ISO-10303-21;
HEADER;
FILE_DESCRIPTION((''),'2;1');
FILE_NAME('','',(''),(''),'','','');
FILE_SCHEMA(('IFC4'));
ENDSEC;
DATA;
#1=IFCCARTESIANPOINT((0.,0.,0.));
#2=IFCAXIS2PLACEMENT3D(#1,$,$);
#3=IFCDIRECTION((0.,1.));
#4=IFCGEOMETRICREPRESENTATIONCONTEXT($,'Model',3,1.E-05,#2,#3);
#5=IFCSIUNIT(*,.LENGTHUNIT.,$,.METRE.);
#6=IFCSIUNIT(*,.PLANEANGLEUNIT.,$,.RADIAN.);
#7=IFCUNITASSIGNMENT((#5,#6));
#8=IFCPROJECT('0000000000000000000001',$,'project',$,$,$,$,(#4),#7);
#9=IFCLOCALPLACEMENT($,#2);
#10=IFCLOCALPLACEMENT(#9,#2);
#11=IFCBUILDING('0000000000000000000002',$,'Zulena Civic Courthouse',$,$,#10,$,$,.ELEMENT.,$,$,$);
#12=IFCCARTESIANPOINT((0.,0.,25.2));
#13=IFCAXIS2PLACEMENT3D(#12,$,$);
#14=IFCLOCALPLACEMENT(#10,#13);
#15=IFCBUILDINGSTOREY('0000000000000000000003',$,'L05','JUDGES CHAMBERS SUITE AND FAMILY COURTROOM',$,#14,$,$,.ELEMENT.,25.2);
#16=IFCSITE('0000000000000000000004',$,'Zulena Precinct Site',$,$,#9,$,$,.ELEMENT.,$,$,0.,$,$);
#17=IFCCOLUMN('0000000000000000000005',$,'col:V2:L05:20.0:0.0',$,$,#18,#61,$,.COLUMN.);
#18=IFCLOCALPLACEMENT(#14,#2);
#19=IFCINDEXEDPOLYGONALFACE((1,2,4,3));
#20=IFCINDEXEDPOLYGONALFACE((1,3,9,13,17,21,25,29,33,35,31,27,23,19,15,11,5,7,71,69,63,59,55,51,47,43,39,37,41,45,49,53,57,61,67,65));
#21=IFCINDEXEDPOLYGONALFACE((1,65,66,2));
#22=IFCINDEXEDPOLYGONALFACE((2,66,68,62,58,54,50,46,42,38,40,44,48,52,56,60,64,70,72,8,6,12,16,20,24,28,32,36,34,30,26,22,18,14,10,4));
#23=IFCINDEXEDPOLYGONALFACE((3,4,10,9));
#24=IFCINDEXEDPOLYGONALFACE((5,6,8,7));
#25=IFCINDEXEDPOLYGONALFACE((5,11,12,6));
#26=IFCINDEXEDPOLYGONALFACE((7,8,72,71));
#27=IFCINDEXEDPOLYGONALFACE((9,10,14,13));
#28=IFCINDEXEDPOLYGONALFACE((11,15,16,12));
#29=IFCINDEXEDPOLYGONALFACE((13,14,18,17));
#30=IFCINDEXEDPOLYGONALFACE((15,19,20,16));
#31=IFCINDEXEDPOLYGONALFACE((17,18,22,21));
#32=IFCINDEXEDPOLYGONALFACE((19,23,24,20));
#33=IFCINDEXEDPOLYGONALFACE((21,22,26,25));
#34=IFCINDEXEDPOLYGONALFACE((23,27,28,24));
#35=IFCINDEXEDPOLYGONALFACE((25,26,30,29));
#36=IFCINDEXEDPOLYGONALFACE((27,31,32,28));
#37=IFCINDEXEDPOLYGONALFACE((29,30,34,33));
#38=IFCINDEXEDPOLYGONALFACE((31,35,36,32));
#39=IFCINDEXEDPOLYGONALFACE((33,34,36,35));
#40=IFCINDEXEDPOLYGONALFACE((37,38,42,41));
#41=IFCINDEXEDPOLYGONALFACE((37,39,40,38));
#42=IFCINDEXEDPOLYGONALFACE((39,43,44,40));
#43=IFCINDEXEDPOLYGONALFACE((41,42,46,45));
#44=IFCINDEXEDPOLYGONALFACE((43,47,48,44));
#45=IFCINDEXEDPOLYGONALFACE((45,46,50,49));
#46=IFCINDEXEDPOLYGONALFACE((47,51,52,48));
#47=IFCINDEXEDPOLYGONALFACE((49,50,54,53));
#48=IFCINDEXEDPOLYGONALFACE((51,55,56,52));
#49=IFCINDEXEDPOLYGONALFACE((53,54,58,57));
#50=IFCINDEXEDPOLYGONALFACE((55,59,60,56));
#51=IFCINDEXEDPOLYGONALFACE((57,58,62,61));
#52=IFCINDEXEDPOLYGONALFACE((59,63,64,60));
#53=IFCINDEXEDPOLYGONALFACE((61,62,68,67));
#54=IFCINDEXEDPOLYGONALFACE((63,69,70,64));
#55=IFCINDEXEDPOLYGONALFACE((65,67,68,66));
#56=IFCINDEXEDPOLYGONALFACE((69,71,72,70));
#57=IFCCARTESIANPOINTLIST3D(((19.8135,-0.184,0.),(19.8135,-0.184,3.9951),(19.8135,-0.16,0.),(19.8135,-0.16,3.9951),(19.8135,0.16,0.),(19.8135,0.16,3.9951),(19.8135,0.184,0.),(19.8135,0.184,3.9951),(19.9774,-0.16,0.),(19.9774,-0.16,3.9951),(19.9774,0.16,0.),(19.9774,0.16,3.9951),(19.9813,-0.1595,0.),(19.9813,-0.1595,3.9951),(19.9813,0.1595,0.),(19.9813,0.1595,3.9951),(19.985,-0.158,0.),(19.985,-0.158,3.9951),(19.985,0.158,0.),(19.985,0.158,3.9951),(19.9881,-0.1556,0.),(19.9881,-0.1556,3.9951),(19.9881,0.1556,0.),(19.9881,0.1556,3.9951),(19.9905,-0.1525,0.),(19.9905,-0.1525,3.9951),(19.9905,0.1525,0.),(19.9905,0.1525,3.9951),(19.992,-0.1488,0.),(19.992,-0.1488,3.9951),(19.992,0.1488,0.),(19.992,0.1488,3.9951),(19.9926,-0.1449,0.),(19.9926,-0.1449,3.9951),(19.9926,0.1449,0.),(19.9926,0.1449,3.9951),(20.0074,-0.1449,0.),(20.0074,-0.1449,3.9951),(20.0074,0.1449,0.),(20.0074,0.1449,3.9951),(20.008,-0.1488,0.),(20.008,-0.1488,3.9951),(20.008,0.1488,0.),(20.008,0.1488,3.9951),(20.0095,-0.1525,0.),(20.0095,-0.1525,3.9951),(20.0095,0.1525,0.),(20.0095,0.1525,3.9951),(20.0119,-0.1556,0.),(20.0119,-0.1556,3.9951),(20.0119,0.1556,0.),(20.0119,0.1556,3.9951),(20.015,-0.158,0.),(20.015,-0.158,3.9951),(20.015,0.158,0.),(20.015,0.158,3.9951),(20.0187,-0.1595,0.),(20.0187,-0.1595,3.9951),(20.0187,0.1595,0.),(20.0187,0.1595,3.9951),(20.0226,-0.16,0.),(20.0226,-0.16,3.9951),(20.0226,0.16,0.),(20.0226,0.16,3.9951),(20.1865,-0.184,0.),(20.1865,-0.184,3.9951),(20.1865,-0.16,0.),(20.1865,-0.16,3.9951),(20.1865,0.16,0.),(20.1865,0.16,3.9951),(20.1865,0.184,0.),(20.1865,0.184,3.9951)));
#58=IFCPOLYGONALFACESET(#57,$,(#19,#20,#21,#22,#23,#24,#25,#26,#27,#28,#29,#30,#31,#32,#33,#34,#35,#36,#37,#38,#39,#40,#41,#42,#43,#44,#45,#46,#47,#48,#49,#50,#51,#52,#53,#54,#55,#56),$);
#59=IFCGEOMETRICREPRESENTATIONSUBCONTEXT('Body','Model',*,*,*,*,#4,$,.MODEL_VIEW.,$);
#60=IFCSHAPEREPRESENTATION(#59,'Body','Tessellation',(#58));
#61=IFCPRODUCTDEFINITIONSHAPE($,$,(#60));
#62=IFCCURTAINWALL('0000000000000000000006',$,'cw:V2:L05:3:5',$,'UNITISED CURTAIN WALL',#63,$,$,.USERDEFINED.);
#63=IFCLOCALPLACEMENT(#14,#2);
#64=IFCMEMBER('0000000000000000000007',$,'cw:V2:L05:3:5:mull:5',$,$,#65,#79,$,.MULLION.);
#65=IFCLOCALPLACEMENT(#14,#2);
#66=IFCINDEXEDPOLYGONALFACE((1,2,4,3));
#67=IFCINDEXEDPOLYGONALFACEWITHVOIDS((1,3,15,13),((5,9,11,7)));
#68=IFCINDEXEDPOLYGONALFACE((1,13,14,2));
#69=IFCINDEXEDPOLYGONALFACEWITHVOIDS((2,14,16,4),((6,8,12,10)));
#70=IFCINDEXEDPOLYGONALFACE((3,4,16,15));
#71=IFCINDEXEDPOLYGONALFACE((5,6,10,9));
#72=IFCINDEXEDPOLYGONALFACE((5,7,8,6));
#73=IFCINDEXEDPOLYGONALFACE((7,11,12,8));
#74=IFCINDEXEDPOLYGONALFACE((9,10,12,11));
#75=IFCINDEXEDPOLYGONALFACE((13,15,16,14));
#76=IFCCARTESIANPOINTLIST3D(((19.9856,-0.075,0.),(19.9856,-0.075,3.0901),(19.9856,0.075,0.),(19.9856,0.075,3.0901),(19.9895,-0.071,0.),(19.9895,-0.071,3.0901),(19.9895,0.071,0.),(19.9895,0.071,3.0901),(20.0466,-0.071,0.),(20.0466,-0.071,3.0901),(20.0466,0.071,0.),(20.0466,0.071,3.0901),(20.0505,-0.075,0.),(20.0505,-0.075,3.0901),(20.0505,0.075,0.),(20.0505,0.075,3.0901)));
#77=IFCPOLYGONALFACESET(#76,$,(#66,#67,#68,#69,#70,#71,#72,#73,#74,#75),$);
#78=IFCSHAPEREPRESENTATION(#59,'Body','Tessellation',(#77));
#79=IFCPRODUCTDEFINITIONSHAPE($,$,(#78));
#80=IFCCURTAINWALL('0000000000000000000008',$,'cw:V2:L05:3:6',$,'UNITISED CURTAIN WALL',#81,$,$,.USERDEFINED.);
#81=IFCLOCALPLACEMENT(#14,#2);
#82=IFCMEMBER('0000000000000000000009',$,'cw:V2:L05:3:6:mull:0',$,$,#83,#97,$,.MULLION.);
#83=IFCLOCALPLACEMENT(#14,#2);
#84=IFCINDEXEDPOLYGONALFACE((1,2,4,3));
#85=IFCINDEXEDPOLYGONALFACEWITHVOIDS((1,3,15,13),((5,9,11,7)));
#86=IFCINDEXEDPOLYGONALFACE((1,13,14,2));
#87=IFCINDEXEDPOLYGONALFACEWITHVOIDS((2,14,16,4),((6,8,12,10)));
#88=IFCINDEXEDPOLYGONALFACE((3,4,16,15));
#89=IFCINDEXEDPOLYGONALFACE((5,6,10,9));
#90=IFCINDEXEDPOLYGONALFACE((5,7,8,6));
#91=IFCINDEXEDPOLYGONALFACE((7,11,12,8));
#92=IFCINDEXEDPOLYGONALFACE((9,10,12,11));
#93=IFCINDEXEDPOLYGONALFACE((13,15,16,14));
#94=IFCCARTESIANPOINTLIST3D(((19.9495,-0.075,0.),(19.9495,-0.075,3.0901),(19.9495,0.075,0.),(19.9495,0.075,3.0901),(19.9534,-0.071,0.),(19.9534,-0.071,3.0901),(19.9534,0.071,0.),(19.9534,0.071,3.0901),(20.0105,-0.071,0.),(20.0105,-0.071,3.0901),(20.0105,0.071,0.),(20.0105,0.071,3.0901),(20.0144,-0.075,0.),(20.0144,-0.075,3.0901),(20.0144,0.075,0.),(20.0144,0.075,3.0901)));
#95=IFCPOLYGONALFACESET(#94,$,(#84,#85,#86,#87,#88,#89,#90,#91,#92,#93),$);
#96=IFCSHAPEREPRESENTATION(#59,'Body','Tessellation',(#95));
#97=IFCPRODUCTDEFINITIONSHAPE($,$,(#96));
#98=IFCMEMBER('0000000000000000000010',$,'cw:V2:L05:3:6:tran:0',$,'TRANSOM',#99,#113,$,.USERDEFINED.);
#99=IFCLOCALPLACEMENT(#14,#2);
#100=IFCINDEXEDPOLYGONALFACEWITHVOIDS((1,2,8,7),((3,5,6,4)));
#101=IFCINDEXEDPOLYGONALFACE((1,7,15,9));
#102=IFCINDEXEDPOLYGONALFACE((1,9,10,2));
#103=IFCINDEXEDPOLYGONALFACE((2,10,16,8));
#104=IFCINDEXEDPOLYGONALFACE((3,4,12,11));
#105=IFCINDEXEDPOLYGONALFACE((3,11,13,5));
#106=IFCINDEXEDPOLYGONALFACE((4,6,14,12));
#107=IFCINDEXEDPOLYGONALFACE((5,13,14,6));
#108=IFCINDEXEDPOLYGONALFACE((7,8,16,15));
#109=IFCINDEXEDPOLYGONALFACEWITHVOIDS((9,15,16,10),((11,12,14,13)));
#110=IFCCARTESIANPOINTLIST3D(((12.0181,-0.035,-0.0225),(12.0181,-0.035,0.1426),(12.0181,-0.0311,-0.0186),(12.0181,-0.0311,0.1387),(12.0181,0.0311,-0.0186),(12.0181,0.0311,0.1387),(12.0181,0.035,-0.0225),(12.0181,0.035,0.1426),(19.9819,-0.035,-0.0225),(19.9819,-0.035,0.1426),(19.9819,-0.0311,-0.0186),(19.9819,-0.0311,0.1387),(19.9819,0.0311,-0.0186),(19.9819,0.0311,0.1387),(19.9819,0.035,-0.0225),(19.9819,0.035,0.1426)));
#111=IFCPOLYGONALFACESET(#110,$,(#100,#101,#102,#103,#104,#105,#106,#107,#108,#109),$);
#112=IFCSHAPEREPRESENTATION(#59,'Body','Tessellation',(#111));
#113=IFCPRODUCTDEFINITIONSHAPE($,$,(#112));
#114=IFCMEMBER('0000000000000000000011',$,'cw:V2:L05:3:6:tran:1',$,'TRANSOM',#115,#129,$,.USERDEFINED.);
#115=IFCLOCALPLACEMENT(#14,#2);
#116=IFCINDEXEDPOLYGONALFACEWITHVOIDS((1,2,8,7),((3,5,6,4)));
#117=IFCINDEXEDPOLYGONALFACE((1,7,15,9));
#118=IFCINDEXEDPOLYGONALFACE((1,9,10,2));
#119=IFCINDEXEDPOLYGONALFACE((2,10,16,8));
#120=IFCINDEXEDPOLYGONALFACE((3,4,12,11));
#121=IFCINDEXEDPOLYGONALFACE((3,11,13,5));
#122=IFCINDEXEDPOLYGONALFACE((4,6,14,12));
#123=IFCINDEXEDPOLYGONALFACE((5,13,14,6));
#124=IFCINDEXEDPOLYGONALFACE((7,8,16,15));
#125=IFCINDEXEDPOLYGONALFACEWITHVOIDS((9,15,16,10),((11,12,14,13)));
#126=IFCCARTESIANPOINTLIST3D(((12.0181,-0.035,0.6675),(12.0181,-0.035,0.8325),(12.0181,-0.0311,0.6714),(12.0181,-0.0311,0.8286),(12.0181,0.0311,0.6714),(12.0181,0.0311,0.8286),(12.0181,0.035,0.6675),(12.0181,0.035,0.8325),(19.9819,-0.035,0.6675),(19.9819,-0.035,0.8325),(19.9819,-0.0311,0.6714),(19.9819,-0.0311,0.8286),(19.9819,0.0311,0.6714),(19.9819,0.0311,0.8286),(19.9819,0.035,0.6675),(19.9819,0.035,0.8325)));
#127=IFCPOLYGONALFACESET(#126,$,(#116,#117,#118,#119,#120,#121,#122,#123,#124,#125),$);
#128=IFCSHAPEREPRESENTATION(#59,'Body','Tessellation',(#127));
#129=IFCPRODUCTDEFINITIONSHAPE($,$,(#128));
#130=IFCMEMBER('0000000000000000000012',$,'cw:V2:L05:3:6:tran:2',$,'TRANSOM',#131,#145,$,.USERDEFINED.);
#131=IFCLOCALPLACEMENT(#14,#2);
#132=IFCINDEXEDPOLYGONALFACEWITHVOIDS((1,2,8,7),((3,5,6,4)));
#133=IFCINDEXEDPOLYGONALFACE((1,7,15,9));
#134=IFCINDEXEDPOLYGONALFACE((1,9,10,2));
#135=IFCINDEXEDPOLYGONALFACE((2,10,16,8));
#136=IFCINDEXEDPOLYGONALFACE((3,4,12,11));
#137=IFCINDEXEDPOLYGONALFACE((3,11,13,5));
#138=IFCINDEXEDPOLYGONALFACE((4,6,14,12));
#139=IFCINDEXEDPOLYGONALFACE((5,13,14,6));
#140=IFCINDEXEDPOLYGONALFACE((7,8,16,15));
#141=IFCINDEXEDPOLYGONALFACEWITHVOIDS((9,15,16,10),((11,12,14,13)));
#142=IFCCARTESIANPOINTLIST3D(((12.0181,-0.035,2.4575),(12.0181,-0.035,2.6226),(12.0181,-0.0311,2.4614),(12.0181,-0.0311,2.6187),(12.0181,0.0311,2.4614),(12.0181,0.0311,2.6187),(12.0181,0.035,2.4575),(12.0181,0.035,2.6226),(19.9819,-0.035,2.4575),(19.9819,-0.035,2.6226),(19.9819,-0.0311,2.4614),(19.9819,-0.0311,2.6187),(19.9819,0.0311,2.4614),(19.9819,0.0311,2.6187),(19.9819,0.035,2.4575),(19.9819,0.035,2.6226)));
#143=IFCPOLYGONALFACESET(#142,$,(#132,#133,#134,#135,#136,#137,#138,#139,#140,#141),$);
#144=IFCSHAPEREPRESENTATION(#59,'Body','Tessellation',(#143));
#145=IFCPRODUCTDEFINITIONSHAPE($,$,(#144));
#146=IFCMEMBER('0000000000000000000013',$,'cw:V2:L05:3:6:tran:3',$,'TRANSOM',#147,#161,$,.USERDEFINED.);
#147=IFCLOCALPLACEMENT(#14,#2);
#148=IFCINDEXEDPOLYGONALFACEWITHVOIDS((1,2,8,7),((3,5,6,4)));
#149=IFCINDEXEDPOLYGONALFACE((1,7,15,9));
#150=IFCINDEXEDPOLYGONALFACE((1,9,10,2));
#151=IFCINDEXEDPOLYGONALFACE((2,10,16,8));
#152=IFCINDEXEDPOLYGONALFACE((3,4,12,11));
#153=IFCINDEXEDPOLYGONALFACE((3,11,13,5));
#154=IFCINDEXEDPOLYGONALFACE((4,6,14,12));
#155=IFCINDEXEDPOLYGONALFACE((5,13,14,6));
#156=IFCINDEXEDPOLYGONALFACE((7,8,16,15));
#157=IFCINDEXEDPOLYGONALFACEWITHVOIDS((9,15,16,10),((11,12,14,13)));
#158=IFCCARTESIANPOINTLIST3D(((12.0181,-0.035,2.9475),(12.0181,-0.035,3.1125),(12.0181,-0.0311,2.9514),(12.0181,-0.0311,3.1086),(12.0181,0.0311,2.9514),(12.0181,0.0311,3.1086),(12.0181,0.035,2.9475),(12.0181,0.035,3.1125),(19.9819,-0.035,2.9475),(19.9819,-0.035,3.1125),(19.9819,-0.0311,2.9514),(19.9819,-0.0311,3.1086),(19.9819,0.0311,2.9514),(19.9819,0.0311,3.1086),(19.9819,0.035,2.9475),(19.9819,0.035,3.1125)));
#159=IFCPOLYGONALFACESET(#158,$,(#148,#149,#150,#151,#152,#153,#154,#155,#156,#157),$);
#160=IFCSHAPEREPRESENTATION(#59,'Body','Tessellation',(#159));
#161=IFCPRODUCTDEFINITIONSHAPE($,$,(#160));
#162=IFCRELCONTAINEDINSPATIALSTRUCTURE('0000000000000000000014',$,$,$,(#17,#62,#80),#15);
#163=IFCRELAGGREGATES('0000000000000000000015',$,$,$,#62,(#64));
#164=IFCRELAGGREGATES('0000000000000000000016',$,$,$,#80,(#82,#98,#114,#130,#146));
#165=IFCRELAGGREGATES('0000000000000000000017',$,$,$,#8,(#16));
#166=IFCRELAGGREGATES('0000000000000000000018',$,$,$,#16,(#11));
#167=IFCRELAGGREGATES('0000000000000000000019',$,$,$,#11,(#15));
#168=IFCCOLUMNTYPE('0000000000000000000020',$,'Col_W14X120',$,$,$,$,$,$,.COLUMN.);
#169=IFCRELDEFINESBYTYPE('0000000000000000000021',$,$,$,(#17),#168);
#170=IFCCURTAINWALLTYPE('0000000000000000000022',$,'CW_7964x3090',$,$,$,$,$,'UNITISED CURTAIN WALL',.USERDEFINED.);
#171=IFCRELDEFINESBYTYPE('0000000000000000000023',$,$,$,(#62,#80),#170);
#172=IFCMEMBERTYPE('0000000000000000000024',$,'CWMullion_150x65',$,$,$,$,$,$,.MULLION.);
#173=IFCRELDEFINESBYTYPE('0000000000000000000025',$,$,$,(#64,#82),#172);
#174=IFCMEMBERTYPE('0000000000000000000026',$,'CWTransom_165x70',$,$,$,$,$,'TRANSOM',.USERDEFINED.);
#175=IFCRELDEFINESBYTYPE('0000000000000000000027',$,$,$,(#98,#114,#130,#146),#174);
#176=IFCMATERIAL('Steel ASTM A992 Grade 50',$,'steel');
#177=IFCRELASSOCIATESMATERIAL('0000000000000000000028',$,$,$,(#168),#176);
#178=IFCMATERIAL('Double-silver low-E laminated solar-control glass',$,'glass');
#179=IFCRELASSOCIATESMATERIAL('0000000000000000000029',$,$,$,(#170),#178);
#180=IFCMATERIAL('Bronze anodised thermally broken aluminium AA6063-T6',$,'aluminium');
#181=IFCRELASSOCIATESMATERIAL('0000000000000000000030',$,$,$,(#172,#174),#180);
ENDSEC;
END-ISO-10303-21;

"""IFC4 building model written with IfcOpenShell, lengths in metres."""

from ifc_helpers import new_model, si_unit, direction, frame, origin, origin_2d, place, context, subcontext, project, spatial, hollow_rectangle, i_section, extrude, material, material_profile, profile_set, type_object, element, aggregate, save


model = new_model("IFC4")

# Units and contexts
model_context = context("Model", 3, precision=1e-05, world=origin(), true_north=direction((0.0, 1.0)))
body_context = subcontext(model_context, "Body", "Model", "MODEL_VIEW")
ifc_project = project(units=[si_unit("LENGTHUNIT", "METRE"), si_unit("PLANEANGLEUNIT", "RADIAN")], contexts=[model_context])

# Site, building, storey
site_placement = place(None, origin())
site = spatial("IfcSite", under=ifc_project, at=site_placement, Name="Zulena Precinct Site", CompositionType="ELEMENT", RefElevation=0.0)
building_placement = place(site_placement, origin())
building = spatial("IfcBuilding", under=site, at=building_placement, Name="Zulena Civic Courthouse", CompositionType="ELEMENT")
storey_placement = place(building_placement, frame((0.0, 0.0, 25.2)))
storey = spatial("IfcBuildingStorey", under=building, at=storey_placement, Name="L05", Description="JUDGES CHAMBERS SUITE AND FAMILY COURTROOM", CompositionType="ELEMENT", Elevation=25.2)

# Column
ifc_material_1 = material(Name="Steel ASTM A992 Grade 50", Category="steel")
ifc_material_profile_1 = material_profile(ifc_material_1, i_section(OverallWidth=0.373, OverallDepth=0.3679, WebThickness=0.0149, FlangeThickness=0.0239, FilletRadius=0.0151, at=origin_2d()), Name="W14X120")
ifc_profile_set_1 = profile_set([ifc_material_profile_1], Name="Steel ASTM A992 Grade 50")
column_type = type_object("IfcColumnType", Name="Col_W14X120", PredefinedType="COLUMN", material=ifc_profile_set_1)
column_placement = place(storey_placement, frame((20.0, 0.0, 0.0), z_axis=(0.0, 0.0, 1.0), x_axis=(1.0, 0.0, 0.0)))
element("IfcColumn", 1, at=column_placement, inside=storey, type_object=column_type, Name="col:V2:L05:20.0:0.0", PredefinedType="COLUMN", context=body_context, shape_type="SweptSolid", body=[
    extrude(i_section(OverallWidth=0.373, OverallDepth=0.3679, WebThickness=0.0149, FlangeThickness=0.0239, FilletRadius=0.0151, at=origin_2d()), origin(), (0.0, 0.0, 1.0), 3.9951),
])

# Curtain wall, member
ifc_material_2 = material(Name="Double-silver low-E laminated solar-control glass", Category="glass")
curtain_wall_type = type_object("IfcCurtainWallType", Name="CW_7964x3090", ElementType="UNITISED CURTAIN WALL", PredefinedType="USERDEFINED", material=ifc_material_2)
curtain_wall_1_placement = place(storey_placement, origin())
curtain_wall_1 = element("IfcCurtainWall", 2, at=curtain_wall_1_placement, inside=storey, type_object=curtain_wall_type, Name="cw:V2:L05:3:5", ObjectType="UNITISED CURTAIN WALL", PredefinedType="USERDEFINED")
ifc_material_3 = material(Name="Bronze anodised thermally broken aluminium AA6063-T6", Category="aluminium")
ifc_material_profile_2 = material_profile(ifc_material_3, hollow_rectangle(XDim=0.0649, YDim=0.1499, WallThickness=0.0039, at=origin_2d()), Name="CWM150X65X4")
ifc_profile_set_2 = profile_set([ifc_material_profile_2], Name="Bronze anodised thermally broken aluminium AA6063-T6")
member_type_1 = type_object("IfcMemberType", Name="CWMullion_150x65", PredefinedType="MULLION", material=ifc_profile_set_2)
member_1_placement = place(storey_placement, frame((20.0181, 0.0, 0.0), z_axis=(0.0, 0.0, 1.0), x_axis=(1.0, 0.0, 0.0)))
member_1 = element("IfcMember", 3, at=member_1_placement, type_object=member_type_1, Name="cw:V2:L05:3:5:mull:5", PredefinedType="MULLION", context=body_context, shape_type="SweptSolid", body=[
    extrude(hollow_rectangle(XDim=0.0649, YDim=0.1499, WallThickness=0.0039, at=origin_2d()), origin(), (0.0, 0.0, 1.0), 3.0901),
])

# Curtain wall, members
curtain_wall_2_placement = place(storey_placement, origin())
curtain_wall_2 = element("IfcCurtainWall", 4, at=curtain_wall_2_placement, inside=storey, type_object=curtain_wall_type, Name="cw:V2:L05:3:6", ObjectType="UNITISED CURTAIN WALL", PredefinedType="USERDEFINED")
member_2_placement = place(storey_placement, frame((19.9819, 0.0, 0.0), z_axis=(0.0, 0.0, 1.0), x_axis=(1.0, 0.0, 0.0)))
member_2 = element("IfcMember", 5, at=member_2_placement, type_object=member_type_1, Name="cw:V2:L05:3:6:mull:0", PredefinedType="MULLION", context=body_context, shape_type="SweptSolid", body=[
    extrude(hollow_rectangle(XDim=0.0649, YDim=0.1499, WallThickness=0.0039, at=origin_2d()), origin(), (0.0, 0.0, 1.0), 3.0901),
])
ifc_material_profile_3 = material_profile(ifc_material_3, hollow_rectangle(XDim=0.0701, YDim=0.165, WallThickness=0.0039, at=origin_2d()), Name="CWT165X70X4")
ifc_profile_set_3 = profile_set([ifc_material_profile_3], Name="Bronze anodised thermally broken aluminium AA6063-T6")
member_type_2 = type_object("IfcMemberType", Name="CWTransom_165x70", ElementType="TRANSOM", PredefinedType="USERDEFINED", material=ifc_profile_set_3)
member_3_placement = place(storey_placement, frame((19.9819, 0.0, 0.0601), z_axis=(-1.0, 0.0, 0.0), x_axis=(0.0, -1.0, 0.0)))
member_3 = element("IfcMember", 6, at=member_3_placement, type_object=member_type_2, Name="cw:V2:L05:3:6:tran:0", ObjectType="TRANSOM", PredefinedType="USERDEFINED", context=body_context, shape_type="SweptSolid", body=[
    extrude(hollow_rectangle(XDim=0.0701, YDim=0.165, WallThickness=0.0039, at=origin_2d()), origin(), (0.0, 0.0, 1.0), 7.9639),
])
member_4_placement = place(storey_placement, frame((19.9819, 0.0, 0.75), z_axis=(-1.0, 0.0, 0.0), x_axis=(0.0, -1.0, 0.0)))
member_4 = element("IfcMember", 7, at=member_4_placement, type_object=member_type_2, Name="cw:V2:L05:3:6:tran:1", ObjectType="TRANSOM", PredefinedType="USERDEFINED", context=body_context, shape_type="SweptSolid", body=[
    extrude(hollow_rectangle(XDim=0.0701, YDim=0.165, WallThickness=0.0039, at=origin_2d()), origin(), (0.0, 0.0, 1.0), 7.9639),
])
member_5_placement = place(storey_placement, frame((19.9819, 0.0, 2.54), z_axis=(-1.0, 0.0, 0.0), x_axis=(0.0, -1.0, 0.0)))
member_5 = element("IfcMember", 8, at=member_5_placement, type_object=member_type_2, Name="cw:V2:L05:3:6:tran:2", ObjectType="TRANSOM", PredefinedType="USERDEFINED", context=body_context, shape_type="SweptSolid", body=[
    extrude(hollow_rectangle(XDim=0.0701, YDim=0.165, WallThickness=0.0039, at=origin_2d()), origin(), (0.0, 0.0, 1.0), 7.9639),
])
member_6_placement = place(storey_placement, frame((19.9819, 0.0, 3.03), z_axis=(-1.0, 0.0, 0.0), x_axis=(0.0, -1.0, 0.0)))
member_6 = element("IfcMember", 9, at=member_6_placement, type_object=member_type_2, Name="cw:V2:L05:3:6:tran:3", ObjectType="TRANSOM", PredefinedType="USERDEFINED", context=body_context, shape_type="SweptSolid", body=[
    extrude(hollow_rectangle(XDim=0.0701, YDim=0.165, WallThickness=0.0039, at=origin_2d()), origin(), (0.0, 0.0, 1.0), 7.9639),
])

aggregate(curtain_wall_1, [member_1])
aggregate(curtain_wall_2, [member_2, member_3, member_4, member_5, member_6])

save(model, "model.ifc")
